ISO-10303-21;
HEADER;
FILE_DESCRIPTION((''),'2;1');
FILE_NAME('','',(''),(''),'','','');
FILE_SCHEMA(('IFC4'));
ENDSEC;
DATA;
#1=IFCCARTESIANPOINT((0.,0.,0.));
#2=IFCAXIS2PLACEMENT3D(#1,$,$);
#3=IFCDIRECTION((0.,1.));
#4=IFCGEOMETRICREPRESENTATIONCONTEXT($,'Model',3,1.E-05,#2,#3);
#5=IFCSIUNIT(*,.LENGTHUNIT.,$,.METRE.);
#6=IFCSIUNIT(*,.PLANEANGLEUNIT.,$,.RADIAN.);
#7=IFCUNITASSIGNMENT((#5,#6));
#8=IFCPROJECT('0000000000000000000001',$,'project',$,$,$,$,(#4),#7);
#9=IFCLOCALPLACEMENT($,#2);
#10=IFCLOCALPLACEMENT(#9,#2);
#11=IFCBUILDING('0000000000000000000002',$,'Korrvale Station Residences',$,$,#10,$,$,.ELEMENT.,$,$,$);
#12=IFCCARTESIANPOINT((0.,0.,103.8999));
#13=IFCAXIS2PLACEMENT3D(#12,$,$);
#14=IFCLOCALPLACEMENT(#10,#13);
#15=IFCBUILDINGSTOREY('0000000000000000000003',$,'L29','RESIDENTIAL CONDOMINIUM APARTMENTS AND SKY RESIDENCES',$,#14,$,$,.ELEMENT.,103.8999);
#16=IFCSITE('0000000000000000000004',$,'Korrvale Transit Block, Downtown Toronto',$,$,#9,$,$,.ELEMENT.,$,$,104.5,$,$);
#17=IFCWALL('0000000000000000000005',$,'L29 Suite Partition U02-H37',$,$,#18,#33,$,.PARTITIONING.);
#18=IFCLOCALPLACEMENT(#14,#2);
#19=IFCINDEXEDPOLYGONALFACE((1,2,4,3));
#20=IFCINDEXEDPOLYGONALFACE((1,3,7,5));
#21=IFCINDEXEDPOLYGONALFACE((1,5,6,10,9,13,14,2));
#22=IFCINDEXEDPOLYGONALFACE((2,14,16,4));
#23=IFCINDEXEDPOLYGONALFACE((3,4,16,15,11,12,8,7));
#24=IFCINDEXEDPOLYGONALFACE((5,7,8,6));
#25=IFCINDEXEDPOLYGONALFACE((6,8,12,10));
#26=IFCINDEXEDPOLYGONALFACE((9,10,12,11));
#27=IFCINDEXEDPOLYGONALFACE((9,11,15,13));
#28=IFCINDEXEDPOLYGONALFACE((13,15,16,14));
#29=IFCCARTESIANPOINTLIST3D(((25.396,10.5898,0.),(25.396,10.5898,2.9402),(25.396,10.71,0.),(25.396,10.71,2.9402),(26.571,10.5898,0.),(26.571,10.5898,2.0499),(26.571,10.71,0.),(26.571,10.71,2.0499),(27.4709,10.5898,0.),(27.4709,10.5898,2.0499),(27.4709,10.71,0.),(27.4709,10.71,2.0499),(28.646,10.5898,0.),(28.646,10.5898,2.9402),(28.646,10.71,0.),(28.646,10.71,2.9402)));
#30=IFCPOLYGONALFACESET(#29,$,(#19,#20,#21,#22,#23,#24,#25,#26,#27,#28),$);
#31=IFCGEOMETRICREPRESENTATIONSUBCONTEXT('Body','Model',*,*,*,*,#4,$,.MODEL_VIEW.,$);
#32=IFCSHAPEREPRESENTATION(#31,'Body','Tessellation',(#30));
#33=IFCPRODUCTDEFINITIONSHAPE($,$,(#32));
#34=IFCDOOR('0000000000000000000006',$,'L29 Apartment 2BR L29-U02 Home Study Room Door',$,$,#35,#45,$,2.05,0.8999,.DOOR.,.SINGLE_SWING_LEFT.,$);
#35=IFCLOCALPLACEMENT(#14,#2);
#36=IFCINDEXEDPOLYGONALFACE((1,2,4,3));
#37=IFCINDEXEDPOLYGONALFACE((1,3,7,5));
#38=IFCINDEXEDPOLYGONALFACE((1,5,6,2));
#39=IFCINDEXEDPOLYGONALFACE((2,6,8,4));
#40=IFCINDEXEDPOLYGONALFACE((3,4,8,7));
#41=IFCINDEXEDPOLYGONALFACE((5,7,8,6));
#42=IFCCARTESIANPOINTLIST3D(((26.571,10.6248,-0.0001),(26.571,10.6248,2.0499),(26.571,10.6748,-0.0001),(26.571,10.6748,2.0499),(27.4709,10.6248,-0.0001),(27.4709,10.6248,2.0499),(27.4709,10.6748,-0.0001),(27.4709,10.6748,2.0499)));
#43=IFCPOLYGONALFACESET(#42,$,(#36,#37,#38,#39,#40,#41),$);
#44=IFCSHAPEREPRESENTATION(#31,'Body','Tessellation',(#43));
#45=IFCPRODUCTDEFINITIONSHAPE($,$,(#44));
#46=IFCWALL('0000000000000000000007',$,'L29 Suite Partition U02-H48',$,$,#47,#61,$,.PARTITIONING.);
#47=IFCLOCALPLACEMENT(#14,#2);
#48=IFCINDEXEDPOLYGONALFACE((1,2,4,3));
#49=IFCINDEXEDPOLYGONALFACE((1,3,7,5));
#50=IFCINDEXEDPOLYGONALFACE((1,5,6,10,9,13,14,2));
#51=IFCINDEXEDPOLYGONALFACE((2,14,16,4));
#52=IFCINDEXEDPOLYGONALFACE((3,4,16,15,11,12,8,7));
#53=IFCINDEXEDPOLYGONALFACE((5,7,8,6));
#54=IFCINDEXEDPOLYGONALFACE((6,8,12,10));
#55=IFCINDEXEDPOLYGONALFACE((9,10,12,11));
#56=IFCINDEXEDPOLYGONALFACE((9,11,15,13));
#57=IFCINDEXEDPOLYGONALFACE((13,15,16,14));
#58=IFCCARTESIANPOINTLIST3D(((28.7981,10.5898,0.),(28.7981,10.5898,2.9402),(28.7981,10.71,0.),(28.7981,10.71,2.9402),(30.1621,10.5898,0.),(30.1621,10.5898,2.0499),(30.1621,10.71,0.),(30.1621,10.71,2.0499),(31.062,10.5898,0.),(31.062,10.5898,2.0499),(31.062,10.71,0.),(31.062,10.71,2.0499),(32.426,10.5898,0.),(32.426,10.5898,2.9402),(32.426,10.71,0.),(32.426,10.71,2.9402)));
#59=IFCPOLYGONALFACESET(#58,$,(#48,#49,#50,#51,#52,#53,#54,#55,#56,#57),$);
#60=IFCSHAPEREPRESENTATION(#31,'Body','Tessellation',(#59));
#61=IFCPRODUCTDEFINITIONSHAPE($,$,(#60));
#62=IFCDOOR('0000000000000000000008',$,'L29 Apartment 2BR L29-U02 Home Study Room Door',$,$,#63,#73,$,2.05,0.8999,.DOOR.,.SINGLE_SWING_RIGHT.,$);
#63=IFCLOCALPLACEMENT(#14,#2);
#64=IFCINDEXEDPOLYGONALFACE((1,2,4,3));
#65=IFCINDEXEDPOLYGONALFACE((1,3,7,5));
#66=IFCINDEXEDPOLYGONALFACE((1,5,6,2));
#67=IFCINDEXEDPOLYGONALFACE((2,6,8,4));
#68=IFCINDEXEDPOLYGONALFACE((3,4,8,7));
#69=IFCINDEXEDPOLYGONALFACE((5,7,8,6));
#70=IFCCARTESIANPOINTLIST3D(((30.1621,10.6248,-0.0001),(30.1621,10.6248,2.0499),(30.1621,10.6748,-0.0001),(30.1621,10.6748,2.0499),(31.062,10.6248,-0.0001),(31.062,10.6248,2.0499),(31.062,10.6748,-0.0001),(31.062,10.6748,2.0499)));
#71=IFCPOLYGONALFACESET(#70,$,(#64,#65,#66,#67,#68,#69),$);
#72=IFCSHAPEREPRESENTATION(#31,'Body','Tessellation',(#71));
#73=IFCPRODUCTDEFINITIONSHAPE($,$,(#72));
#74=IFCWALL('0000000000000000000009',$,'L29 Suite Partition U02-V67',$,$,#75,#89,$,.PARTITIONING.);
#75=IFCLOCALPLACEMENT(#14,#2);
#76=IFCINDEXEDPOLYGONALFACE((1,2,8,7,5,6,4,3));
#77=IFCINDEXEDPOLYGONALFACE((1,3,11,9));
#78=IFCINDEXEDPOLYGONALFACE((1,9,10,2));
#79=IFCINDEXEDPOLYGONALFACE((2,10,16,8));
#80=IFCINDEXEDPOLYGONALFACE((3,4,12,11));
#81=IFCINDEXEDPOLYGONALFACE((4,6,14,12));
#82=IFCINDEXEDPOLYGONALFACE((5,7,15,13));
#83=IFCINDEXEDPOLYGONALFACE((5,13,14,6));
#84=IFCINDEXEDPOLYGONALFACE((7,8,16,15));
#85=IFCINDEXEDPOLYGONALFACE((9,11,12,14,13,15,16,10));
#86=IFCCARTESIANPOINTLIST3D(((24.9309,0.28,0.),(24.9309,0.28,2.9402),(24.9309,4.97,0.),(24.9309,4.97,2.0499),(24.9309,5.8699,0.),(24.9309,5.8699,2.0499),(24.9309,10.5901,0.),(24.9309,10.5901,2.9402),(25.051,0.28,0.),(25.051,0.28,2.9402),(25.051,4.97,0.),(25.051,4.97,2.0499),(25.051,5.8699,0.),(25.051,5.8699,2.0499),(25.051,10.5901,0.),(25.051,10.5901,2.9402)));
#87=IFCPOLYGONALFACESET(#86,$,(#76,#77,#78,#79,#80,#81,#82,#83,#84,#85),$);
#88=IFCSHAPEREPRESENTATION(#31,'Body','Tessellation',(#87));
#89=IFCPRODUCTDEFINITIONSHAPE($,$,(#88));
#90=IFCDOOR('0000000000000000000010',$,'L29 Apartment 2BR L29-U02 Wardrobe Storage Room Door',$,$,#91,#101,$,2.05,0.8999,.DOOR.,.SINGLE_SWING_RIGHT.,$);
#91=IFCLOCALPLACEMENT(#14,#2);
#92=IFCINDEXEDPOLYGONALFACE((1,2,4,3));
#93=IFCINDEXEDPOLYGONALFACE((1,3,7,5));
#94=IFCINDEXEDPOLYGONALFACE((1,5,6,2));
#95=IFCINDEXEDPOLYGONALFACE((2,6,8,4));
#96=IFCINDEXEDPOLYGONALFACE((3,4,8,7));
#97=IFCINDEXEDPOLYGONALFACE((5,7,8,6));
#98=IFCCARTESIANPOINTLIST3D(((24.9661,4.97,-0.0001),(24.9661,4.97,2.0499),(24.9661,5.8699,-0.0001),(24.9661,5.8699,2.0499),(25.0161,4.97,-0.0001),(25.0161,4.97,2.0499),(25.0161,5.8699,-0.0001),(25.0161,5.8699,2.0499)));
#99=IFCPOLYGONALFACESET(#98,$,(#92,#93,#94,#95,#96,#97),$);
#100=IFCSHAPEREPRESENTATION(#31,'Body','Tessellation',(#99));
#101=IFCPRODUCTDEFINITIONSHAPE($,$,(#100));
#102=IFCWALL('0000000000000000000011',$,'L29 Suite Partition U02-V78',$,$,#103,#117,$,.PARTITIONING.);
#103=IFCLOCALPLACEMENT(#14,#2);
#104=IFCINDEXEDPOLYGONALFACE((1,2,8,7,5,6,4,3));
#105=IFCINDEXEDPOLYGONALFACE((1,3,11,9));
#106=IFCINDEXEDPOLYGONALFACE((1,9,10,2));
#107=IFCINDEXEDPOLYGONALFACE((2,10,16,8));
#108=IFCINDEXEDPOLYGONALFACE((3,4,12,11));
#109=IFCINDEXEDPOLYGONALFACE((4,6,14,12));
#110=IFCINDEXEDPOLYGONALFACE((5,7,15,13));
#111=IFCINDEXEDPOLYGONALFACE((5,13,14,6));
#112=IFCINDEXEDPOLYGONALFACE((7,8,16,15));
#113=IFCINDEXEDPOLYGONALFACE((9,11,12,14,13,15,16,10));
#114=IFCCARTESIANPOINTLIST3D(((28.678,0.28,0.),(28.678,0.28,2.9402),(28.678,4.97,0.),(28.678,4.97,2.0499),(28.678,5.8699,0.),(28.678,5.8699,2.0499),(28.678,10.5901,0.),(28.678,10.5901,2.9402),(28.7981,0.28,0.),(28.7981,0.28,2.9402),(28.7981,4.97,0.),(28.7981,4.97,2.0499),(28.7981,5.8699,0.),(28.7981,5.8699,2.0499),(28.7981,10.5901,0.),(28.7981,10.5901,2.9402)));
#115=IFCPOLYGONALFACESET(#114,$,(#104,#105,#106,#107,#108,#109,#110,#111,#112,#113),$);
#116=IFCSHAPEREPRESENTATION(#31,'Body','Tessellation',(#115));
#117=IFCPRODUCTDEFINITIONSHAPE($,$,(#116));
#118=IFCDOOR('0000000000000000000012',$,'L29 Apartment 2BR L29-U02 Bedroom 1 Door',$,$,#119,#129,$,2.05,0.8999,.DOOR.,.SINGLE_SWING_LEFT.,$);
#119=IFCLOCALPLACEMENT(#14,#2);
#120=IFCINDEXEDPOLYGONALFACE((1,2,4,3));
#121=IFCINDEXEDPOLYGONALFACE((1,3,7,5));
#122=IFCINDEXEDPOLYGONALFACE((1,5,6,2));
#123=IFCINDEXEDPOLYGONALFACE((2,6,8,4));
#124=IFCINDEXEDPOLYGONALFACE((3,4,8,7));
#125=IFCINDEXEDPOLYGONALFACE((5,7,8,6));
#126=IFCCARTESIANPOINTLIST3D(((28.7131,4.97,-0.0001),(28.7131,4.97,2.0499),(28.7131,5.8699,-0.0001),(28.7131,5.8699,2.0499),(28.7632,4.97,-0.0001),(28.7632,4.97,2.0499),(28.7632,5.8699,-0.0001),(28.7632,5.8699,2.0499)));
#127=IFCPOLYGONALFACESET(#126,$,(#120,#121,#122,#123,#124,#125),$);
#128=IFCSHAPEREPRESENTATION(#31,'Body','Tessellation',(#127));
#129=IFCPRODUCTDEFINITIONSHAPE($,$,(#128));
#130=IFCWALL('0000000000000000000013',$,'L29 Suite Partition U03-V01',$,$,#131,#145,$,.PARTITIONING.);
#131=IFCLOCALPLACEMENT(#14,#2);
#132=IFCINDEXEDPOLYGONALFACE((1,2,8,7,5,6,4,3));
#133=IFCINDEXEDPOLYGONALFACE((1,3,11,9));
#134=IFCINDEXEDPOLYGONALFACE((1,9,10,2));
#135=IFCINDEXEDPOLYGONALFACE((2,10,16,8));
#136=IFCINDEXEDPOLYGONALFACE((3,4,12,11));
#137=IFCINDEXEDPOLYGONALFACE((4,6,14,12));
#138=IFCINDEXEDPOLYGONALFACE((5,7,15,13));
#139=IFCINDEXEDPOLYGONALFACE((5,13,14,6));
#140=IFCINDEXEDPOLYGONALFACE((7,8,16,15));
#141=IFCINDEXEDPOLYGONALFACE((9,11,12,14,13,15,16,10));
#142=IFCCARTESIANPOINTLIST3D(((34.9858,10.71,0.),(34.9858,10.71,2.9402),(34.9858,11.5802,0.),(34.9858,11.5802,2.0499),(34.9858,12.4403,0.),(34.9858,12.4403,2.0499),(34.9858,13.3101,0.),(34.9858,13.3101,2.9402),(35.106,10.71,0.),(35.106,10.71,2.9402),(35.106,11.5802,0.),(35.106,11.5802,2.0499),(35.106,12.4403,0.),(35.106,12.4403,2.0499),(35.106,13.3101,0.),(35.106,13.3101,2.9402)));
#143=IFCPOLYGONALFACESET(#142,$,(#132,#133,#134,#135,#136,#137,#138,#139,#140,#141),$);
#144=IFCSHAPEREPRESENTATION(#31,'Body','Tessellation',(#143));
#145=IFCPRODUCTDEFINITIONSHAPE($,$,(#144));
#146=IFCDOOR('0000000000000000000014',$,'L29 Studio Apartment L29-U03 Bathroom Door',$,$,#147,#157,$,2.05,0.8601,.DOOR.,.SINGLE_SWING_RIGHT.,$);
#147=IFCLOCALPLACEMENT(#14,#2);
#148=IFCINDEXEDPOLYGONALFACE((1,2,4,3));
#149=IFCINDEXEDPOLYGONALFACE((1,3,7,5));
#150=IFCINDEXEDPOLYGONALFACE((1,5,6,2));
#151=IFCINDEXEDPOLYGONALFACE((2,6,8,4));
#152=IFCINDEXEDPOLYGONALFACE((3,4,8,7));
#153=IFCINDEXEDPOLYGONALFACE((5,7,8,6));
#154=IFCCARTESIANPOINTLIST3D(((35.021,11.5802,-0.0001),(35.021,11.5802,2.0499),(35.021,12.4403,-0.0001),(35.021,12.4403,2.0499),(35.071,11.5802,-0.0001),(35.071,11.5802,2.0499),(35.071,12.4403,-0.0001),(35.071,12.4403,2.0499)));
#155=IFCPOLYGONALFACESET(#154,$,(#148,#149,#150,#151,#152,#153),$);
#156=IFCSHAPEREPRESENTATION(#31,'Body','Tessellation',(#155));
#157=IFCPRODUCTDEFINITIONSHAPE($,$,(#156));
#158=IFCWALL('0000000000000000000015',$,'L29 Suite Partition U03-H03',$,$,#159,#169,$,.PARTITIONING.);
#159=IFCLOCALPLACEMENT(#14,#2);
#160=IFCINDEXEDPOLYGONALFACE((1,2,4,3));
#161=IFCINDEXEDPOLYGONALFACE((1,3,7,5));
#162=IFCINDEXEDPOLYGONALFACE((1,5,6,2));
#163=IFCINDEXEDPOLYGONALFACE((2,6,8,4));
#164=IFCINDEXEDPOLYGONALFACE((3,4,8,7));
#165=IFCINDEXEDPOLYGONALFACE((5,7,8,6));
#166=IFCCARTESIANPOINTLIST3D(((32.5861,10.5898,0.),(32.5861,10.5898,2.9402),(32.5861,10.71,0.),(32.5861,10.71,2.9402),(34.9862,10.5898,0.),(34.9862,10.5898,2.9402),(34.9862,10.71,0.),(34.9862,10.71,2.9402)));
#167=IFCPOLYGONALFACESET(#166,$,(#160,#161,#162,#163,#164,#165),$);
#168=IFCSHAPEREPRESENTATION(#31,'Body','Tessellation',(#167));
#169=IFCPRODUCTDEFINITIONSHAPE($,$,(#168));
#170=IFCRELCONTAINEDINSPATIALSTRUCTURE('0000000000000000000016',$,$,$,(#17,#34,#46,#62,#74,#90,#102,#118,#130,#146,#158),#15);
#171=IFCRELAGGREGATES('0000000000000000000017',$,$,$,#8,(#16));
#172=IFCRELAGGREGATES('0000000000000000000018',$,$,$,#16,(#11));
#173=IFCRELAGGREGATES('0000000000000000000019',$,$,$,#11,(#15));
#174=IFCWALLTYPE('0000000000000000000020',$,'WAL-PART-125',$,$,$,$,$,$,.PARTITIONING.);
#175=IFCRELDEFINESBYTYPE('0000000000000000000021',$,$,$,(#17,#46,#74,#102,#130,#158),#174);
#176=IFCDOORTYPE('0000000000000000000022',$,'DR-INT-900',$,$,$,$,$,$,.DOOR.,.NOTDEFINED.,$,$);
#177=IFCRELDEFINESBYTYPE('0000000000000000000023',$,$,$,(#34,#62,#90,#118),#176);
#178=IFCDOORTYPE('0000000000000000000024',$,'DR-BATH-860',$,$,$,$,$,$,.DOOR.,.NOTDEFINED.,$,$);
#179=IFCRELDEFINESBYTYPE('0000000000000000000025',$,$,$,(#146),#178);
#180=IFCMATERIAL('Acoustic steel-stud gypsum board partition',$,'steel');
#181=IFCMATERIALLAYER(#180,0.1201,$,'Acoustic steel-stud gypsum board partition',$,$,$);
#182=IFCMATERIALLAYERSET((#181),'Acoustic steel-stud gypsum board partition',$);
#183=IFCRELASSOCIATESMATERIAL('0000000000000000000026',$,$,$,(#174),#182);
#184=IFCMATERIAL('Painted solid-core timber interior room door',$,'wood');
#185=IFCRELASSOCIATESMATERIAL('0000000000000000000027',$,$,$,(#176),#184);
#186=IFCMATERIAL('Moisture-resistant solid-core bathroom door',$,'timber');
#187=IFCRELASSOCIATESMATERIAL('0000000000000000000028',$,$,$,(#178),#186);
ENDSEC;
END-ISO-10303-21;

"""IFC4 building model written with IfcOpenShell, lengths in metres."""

from ifc_helpers import new_model, si_unit, direction, frame, frame_2d, origin, place, context, subcontext, project, spatial, rectangle, extrude, material, layer, layer_set, type_object, element, fill, save


model = new_model("IFC4")

# Units and contexts
model_context = context("Model", 3, precision=1e-05, world=origin(), true_north=direction((0.0, 1.0)))
body_context = subcontext(model_context, "Body", "Model", "MODEL_VIEW")
ifc_project = project(units=[si_unit("LENGTHUNIT", "METRE"), si_unit("PLANEANGLEUNIT", "RADIAN")], contexts=[model_context])

# Site, building, storey
site_placement = place(None, origin())
site = spatial("IfcSite", under=ifc_project, at=site_placement, Name="Korrvale Transit Block, Downtown Toronto", CompositionType="ELEMENT", RefElevation=104.5)
building_placement = place(site_placement, origin())
building = spatial("IfcBuilding", under=site, at=building_placement, Name="Korrvale Station Residences", CompositionType="ELEMENT")
storey_placement = place(building_placement, frame((0.0, 0.0, 103.8999)))
storey = spatial("IfcBuildingStorey", under=building, at=storey_placement, Name="L29", Description="RESIDENTIAL CONDOMINIUM APARTMENTS AND SKY RESIDENCES", CompositionType="ELEMENT", Elevation=103.8999)

# Walls, openings, doors
ifc_material_1 = material(Name="Acoustic steel-stud gypsum board partition", Category="steel")
ifc_layer_1 = layer(ifc_material_1, 0.1201, Name="Acoustic steel-stud gypsum board partition")
ifc_layer_set_1 = layer_set([ifc_layer_1], Name="Acoustic steel-stud gypsum board partition")
wall_type_1 = type_object("IfcWallType", Name="WAL-PART-125", PredefinedType="PARTITIONING", material=ifc_layer_set_1)
ifc_material_2 = material(Name="Painted solid-core timber interior room door", Category="wood")
door_type_1 = type_object("IfcDoorType", Name="DR-INT-900", OperationType="NOTDEFINED", PredefinedType="DOOR", material=ifc_material_2)
wall_1_placement = place(storey_placement, frame((25.396, 10.6499, 0.0), z_axis=(0.0, 0.0, 1.0), x_axis=(1.0, 0.0, 0.0)))
wall_1 = element("IfcWall", 1, at=wall_1_placement, inside=storey, type_object=wall_type_1, Name="L29 Suite Partition U02-H37", PredefinedType="PARTITIONING", context=body_context, shape_type="SweptSolid", body=[
    extrude(rectangle(XDim=3.25, YDim=0.1201, at=frame_2d((1.625, 0.0))), origin(), (0.0, 0.0, 1.0), 2.9402),
])
opening_1_placement = place(wall_1_placement, frame((1.175, 0.0, 0.0)))
opening_1 = element("IfcOpeningElement", 2, at=opening_1_placement, cuts=wall_1, PredefinedType="OPENING", context=body_context, shape_type="SweptSolid", body=[
    extrude(rectangle(XDim=0.8999, YDim=2.05, at=frame_2d((0.45, 1.0249))), frame((0.0, 0.0701, 0.0), z_axis=(0.0, -1.0, 0.0), x_axis=(1.0, 0.0, 0.0)), (0.0, 0.0, 1.0), 0.1401),
])
door_1_placement = place(opening_1_placement, origin())
door_1 = element("IfcDoor", 3, at=door_1_placement, inside=storey, type_object=door_type_1, Name="L29 Apartment 2BR L29-U02 Home Study Room Door", OperationType="SINGLE_SWING_LEFT", OverallHeight=2.05, OverallWidth=0.8999, PredefinedType="DOOR", context=body_context, shape_type="SweptSolid", body=[
    extrude(rectangle(XDim=0.8999, YDim=2.05, at=frame_2d((0.45, 1.0249))), frame((0.0, 0.0249, 0.0), z_axis=(0.0, -1.0, 0.0), x_axis=(1.0, 0.0, 0.0)), (0.0, 0.0, 1.0), 0.05),
])
fill(opening_1, door_1)
wall_2_placement = place(storey_placement, frame((28.7981, 10.6499, 0.0), z_axis=(0.0, 0.0, 1.0), x_axis=(1.0, 0.0, 0.0)))
wall_2 = element("IfcWall", 4, at=wall_2_placement, inside=storey, type_object=wall_type_1, Name="L29 Suite Partition U02-H48", PredefinedType="PARTITIONING", context=body_context, shape_type="SweptSolid", body=[
    extrude(rectangle(XDim=3.6279, YDim=0.1201, at=frame_2d((1.814, 0.0))), origin(), (0.0, 0.0, 1.0), 2.9402),
])
opening_2_placement = place(wall_2_placement, frame((1.364, 0.0, 0.0)))
opening_2 = element("IfcOpeningElement", 5, at=opening_2_placement, cuts=wall_2, PredefinedType="OPENING", context=body_context, shape_type="SweptSolid", body=[
    extrude(rectangle(XDim=0.8999, YDim=2.05, at=frame_2d((0.45, 1.0249))), frame((0.0, 0.0701, 0.0), z_axis=(0.0, -1.0, 0.0), x_axis=(1.0, 0.0, 0.0)), (0.0, 0.0, 1.0), 0.1401),
])
door_2_placement = place(opening_2_placement, origin())
door_2 = element("IfcDoor", 6, at=door_2_placement, inside=storey, type_object=door_type_1, Name="L29 Apartment 2BR L29-U02 Home Study Room Door", OperationType="SINGLE_SWING_RIGHT", OverallHeight=2.05, OverallWidth=0.8999, PredefinedType="DOOR", context=body_context, shape_type="SweptSolid", body=[
    extrude(rectangle(XDim=0.8999, YDim=2.05, at=frame_2d((0.45, 1.0249))), frame((0.0, 0.0249, 0.0), z_axis=(0.0, -1.0, 0.0), x_axis=(1.0, 0.0, 0.0)), (0.0, 0.0, 1.0), 0.05),
])
fill(opening_2, door_2)
wall_3_placement = place(storey_placement, frame((24.991, 0.28, 0.0), z_axis=(0.0, 0.0, 1.0), x_axis=(0.0, 1.0, 0.0)))
wall_3 = element("IfcWall", 7, at=wall_3_placement, inside=storey, type_object=wall_type_1, Name="L29 Suite Partition U02-V67", PredefinedType="PARTITIONING", context=body_context, shape_type="SweptSolid", body=[
    extrude(rectangle(XDim=10.3101, YDim=0.1201, at=frame_2d((5.155, 0.0))), origin(), (0.0, 0.0, 1.0), 2.9402),
])
opening_3_placement = place(wall_3_placement, frame((4.6899, 0.0, 0.0)))
opening_3 = element("IfcOpeningElement", 8, at=opening_3_placement, cuts=wall_3, PredefinedType="OPENING", context=body_context, shape_type="SweptSolid", body=[
    extrude(rectangle(XDim=0.8999, YDim=2.05, at=frame_2d((0.45, 1.0249))), frame((0.0, 0.0701, 0.0), z_axis=(0.0, -1.0, 0.0), x_axis=(1.0, 0.0, 0.0)), (0.0, 0.0, 1.0), 0.1401),
])
door_3_placement = place(opening_3_placement, origin())
door_3 = element("IfcDoor", 9, at=door_3_placement, inside=storey, type_object=door_type_1, Name="L29 Apartment 2BR L29-U02 Wardrobe Storage Room Door", OperationType="SINGLE_SWING_RIGHT", OverallHeight=2.05, OverallWidth=0.8999, PredefinedType="DOOR", context=body_context, shape_type="SweptSolid", body=[
    extrude(rectangle(XDim=0.8999, YDim=2.05, at=frame_2d((0.45, 1.0249))), frame((0.0, 0.0249, 0.0), z_axis=(0.0, -1.0, 0.0), x_axis=(1.0, 0.0, 0.0)), (0.0, 0.0, 1.0), 0.05),
])
fill(opening_3, door_3)
wall_4_placement = place(storey_placement, frame((28.738, 0.28, 0.0), z_axis=(0.0, 0.0, 1.0), x_axis=(0.0, 1.0, 0.0)))
wall_4 = element("IfcWall", 10, at=wall_4_placement, inside=storey, type_object=wall_type_1, Name="L29 Suite Partition U02-V78", PredefinedType="PARTITIONING", context=body_context, shape_type="SweptSolid", body=[
    extrude(rectangle(XDim=10.3101, YDim=0.1201, at=frame_2d((5.155, 0.0))), origin(), (0.0, 0.0, 1.0), 2.9402),
])
opening_4_placement = place(wall_4_placement, frame((4.6899, 0.0, 0.0)))
opening_4 = element("IfcOpeningElement", 11, at=opening_4_placement, cuts=wall_4, PredefinedType="OPENING", context=body_context, shape_type="SweptSolid", body=[
    extrude(rectangle(XDim=0.8999, YDim=2.05, at=frame_2d((0.45, 1.0249))), frame((0.0, 0.0701, 0.0), z_axis=(0.0, -1.0, 0.0), x_axis=(1.0, 0.0, 0.0)), (0.0, 0.0, 1.0), 0.1401),
])
door_4_placement = place(opening_4_placement, origin())
door_4 = element("IfcDoor", 12, at=door_4_placement, inside=storey, type_object=door_type_1, Name="L29 Apartment 2BR L29-U02 Bedroom 1 Door", OperationType="SINGLE_SWING_LEFT", OverallHeight=2.05, OverallWidth=0.8999, PredefinedType="DOOR", context=body_context, shape_type="SweptSolid", body=[
    extrude(rectangle(XDim=0.8999, YDim=2.05, at=frame_2d((0.45, 1.0249))), frame((0.0, 0.0249, 0.0), z_axis=(0.0, -1.0, 0.0), x_axis=(1.0, 0.0, 0.0)), (0.0, 0.0, 1.0), 0.05),
])
fill(opening_4, door_4)
wall_5_placement = place(storey_placement, frame((35.0459, 10.71, 0.0), z_axis=(0.0, 0.0, 1.0), x_axis=(0.0, 1.0, 0.0)))
wall_5 = element("IfcWall", 13, at=wall_5_placement, inside=storey, type_object=wall_type_1, Name="L29 Suite Partition U03-V01", PredefinedType="PARTITIONING", context=body_context, shape_type="SweptSolid", body=[
    extrude(rectangle(XDim=2.6001, YDim=0.1201, at=frame_2d((1.3, 0.0))), origin(), (0.0, 0.0, 1.0), 2.9402),
])
opening_5_placement = place(wall_5_placement, frame((0.8701, 0.0, 0.0)))
opening_5 = element("IfcOpeningElement", 14, at=opening_5_placement, cuts=wall_5, PredefinedType="OPENING", context=body_context, shape_type="SweptSolid", body=[
    extrude(rectangle(XDim=0.8601, YDim=2.05, at=frame_2d((0.4302, 1.0249))), frame((0.0, 0.0701, 0.0), z_axis=(0.0, -1.0, 0.0), x_axis=(1.0, 0.0, 0.0)), (0.0, 0.0, 1.0), 0.1401),
])
ifc_material_3 = material(Name="Moisture-resistant solid-core bathroom door", Category="timber")
door_type_2 = type_object("IfcDoorType", Name="DR-BATH-860", OperationType="NOTDEFINED", PredefinedType="DOOR", material=ifc_material_3)
door_5_placement = place(opening_5_placement, origin())
door_5 = element("IfcDoor", 15, at=door_5_placement, inside=storey, type_object=door_type_2, Name="L29 Studio Apartment L29-U03 Bathroom Door", OperationType="SINGLE_SWING_RIGHT", OverallHeight=2.05, OverallWidth=0.8601, PredefinedType="DOOR", context=body_context, shape_type="SweptSolid", body=[
    extrude(rectangle(XDim=0.8601, YDim=2.05, at=frame_2d((0.4302, 1.0249))), frame((0.0, 0.0249, 0.0), z_axis=(0.0, -1.0, 0.0), x_axis=(1.0, 0.0, 0.0)), (0.0, 0.0, 1.0), 0.05),
])
fill(opening_5, door_5)

# Wall
wall_6_placement = place(storey_placement, frame((32.5859, 10.6499, 0.0), z_axis=(0.0, 0.0, 1.0), x_axis=(1.0, 0.0, 0.0)))
element("IfcWall", 16, at=wall_6_placement, inside=storey, type_object=wall_type_1, Name="L29 Suite Partition U03-H03", PredefinedType="PARTITIONING", context=body_context, shape_type="SweptSolid", body=[
    extrude(rectangle(XDim=2.4001, YDim=0.1201, at=frame_2d((1.2002, 0.0))), origin(), (0.0, 0.0, 1.0), 2.9402),
])

save(model, "model.ifc")
